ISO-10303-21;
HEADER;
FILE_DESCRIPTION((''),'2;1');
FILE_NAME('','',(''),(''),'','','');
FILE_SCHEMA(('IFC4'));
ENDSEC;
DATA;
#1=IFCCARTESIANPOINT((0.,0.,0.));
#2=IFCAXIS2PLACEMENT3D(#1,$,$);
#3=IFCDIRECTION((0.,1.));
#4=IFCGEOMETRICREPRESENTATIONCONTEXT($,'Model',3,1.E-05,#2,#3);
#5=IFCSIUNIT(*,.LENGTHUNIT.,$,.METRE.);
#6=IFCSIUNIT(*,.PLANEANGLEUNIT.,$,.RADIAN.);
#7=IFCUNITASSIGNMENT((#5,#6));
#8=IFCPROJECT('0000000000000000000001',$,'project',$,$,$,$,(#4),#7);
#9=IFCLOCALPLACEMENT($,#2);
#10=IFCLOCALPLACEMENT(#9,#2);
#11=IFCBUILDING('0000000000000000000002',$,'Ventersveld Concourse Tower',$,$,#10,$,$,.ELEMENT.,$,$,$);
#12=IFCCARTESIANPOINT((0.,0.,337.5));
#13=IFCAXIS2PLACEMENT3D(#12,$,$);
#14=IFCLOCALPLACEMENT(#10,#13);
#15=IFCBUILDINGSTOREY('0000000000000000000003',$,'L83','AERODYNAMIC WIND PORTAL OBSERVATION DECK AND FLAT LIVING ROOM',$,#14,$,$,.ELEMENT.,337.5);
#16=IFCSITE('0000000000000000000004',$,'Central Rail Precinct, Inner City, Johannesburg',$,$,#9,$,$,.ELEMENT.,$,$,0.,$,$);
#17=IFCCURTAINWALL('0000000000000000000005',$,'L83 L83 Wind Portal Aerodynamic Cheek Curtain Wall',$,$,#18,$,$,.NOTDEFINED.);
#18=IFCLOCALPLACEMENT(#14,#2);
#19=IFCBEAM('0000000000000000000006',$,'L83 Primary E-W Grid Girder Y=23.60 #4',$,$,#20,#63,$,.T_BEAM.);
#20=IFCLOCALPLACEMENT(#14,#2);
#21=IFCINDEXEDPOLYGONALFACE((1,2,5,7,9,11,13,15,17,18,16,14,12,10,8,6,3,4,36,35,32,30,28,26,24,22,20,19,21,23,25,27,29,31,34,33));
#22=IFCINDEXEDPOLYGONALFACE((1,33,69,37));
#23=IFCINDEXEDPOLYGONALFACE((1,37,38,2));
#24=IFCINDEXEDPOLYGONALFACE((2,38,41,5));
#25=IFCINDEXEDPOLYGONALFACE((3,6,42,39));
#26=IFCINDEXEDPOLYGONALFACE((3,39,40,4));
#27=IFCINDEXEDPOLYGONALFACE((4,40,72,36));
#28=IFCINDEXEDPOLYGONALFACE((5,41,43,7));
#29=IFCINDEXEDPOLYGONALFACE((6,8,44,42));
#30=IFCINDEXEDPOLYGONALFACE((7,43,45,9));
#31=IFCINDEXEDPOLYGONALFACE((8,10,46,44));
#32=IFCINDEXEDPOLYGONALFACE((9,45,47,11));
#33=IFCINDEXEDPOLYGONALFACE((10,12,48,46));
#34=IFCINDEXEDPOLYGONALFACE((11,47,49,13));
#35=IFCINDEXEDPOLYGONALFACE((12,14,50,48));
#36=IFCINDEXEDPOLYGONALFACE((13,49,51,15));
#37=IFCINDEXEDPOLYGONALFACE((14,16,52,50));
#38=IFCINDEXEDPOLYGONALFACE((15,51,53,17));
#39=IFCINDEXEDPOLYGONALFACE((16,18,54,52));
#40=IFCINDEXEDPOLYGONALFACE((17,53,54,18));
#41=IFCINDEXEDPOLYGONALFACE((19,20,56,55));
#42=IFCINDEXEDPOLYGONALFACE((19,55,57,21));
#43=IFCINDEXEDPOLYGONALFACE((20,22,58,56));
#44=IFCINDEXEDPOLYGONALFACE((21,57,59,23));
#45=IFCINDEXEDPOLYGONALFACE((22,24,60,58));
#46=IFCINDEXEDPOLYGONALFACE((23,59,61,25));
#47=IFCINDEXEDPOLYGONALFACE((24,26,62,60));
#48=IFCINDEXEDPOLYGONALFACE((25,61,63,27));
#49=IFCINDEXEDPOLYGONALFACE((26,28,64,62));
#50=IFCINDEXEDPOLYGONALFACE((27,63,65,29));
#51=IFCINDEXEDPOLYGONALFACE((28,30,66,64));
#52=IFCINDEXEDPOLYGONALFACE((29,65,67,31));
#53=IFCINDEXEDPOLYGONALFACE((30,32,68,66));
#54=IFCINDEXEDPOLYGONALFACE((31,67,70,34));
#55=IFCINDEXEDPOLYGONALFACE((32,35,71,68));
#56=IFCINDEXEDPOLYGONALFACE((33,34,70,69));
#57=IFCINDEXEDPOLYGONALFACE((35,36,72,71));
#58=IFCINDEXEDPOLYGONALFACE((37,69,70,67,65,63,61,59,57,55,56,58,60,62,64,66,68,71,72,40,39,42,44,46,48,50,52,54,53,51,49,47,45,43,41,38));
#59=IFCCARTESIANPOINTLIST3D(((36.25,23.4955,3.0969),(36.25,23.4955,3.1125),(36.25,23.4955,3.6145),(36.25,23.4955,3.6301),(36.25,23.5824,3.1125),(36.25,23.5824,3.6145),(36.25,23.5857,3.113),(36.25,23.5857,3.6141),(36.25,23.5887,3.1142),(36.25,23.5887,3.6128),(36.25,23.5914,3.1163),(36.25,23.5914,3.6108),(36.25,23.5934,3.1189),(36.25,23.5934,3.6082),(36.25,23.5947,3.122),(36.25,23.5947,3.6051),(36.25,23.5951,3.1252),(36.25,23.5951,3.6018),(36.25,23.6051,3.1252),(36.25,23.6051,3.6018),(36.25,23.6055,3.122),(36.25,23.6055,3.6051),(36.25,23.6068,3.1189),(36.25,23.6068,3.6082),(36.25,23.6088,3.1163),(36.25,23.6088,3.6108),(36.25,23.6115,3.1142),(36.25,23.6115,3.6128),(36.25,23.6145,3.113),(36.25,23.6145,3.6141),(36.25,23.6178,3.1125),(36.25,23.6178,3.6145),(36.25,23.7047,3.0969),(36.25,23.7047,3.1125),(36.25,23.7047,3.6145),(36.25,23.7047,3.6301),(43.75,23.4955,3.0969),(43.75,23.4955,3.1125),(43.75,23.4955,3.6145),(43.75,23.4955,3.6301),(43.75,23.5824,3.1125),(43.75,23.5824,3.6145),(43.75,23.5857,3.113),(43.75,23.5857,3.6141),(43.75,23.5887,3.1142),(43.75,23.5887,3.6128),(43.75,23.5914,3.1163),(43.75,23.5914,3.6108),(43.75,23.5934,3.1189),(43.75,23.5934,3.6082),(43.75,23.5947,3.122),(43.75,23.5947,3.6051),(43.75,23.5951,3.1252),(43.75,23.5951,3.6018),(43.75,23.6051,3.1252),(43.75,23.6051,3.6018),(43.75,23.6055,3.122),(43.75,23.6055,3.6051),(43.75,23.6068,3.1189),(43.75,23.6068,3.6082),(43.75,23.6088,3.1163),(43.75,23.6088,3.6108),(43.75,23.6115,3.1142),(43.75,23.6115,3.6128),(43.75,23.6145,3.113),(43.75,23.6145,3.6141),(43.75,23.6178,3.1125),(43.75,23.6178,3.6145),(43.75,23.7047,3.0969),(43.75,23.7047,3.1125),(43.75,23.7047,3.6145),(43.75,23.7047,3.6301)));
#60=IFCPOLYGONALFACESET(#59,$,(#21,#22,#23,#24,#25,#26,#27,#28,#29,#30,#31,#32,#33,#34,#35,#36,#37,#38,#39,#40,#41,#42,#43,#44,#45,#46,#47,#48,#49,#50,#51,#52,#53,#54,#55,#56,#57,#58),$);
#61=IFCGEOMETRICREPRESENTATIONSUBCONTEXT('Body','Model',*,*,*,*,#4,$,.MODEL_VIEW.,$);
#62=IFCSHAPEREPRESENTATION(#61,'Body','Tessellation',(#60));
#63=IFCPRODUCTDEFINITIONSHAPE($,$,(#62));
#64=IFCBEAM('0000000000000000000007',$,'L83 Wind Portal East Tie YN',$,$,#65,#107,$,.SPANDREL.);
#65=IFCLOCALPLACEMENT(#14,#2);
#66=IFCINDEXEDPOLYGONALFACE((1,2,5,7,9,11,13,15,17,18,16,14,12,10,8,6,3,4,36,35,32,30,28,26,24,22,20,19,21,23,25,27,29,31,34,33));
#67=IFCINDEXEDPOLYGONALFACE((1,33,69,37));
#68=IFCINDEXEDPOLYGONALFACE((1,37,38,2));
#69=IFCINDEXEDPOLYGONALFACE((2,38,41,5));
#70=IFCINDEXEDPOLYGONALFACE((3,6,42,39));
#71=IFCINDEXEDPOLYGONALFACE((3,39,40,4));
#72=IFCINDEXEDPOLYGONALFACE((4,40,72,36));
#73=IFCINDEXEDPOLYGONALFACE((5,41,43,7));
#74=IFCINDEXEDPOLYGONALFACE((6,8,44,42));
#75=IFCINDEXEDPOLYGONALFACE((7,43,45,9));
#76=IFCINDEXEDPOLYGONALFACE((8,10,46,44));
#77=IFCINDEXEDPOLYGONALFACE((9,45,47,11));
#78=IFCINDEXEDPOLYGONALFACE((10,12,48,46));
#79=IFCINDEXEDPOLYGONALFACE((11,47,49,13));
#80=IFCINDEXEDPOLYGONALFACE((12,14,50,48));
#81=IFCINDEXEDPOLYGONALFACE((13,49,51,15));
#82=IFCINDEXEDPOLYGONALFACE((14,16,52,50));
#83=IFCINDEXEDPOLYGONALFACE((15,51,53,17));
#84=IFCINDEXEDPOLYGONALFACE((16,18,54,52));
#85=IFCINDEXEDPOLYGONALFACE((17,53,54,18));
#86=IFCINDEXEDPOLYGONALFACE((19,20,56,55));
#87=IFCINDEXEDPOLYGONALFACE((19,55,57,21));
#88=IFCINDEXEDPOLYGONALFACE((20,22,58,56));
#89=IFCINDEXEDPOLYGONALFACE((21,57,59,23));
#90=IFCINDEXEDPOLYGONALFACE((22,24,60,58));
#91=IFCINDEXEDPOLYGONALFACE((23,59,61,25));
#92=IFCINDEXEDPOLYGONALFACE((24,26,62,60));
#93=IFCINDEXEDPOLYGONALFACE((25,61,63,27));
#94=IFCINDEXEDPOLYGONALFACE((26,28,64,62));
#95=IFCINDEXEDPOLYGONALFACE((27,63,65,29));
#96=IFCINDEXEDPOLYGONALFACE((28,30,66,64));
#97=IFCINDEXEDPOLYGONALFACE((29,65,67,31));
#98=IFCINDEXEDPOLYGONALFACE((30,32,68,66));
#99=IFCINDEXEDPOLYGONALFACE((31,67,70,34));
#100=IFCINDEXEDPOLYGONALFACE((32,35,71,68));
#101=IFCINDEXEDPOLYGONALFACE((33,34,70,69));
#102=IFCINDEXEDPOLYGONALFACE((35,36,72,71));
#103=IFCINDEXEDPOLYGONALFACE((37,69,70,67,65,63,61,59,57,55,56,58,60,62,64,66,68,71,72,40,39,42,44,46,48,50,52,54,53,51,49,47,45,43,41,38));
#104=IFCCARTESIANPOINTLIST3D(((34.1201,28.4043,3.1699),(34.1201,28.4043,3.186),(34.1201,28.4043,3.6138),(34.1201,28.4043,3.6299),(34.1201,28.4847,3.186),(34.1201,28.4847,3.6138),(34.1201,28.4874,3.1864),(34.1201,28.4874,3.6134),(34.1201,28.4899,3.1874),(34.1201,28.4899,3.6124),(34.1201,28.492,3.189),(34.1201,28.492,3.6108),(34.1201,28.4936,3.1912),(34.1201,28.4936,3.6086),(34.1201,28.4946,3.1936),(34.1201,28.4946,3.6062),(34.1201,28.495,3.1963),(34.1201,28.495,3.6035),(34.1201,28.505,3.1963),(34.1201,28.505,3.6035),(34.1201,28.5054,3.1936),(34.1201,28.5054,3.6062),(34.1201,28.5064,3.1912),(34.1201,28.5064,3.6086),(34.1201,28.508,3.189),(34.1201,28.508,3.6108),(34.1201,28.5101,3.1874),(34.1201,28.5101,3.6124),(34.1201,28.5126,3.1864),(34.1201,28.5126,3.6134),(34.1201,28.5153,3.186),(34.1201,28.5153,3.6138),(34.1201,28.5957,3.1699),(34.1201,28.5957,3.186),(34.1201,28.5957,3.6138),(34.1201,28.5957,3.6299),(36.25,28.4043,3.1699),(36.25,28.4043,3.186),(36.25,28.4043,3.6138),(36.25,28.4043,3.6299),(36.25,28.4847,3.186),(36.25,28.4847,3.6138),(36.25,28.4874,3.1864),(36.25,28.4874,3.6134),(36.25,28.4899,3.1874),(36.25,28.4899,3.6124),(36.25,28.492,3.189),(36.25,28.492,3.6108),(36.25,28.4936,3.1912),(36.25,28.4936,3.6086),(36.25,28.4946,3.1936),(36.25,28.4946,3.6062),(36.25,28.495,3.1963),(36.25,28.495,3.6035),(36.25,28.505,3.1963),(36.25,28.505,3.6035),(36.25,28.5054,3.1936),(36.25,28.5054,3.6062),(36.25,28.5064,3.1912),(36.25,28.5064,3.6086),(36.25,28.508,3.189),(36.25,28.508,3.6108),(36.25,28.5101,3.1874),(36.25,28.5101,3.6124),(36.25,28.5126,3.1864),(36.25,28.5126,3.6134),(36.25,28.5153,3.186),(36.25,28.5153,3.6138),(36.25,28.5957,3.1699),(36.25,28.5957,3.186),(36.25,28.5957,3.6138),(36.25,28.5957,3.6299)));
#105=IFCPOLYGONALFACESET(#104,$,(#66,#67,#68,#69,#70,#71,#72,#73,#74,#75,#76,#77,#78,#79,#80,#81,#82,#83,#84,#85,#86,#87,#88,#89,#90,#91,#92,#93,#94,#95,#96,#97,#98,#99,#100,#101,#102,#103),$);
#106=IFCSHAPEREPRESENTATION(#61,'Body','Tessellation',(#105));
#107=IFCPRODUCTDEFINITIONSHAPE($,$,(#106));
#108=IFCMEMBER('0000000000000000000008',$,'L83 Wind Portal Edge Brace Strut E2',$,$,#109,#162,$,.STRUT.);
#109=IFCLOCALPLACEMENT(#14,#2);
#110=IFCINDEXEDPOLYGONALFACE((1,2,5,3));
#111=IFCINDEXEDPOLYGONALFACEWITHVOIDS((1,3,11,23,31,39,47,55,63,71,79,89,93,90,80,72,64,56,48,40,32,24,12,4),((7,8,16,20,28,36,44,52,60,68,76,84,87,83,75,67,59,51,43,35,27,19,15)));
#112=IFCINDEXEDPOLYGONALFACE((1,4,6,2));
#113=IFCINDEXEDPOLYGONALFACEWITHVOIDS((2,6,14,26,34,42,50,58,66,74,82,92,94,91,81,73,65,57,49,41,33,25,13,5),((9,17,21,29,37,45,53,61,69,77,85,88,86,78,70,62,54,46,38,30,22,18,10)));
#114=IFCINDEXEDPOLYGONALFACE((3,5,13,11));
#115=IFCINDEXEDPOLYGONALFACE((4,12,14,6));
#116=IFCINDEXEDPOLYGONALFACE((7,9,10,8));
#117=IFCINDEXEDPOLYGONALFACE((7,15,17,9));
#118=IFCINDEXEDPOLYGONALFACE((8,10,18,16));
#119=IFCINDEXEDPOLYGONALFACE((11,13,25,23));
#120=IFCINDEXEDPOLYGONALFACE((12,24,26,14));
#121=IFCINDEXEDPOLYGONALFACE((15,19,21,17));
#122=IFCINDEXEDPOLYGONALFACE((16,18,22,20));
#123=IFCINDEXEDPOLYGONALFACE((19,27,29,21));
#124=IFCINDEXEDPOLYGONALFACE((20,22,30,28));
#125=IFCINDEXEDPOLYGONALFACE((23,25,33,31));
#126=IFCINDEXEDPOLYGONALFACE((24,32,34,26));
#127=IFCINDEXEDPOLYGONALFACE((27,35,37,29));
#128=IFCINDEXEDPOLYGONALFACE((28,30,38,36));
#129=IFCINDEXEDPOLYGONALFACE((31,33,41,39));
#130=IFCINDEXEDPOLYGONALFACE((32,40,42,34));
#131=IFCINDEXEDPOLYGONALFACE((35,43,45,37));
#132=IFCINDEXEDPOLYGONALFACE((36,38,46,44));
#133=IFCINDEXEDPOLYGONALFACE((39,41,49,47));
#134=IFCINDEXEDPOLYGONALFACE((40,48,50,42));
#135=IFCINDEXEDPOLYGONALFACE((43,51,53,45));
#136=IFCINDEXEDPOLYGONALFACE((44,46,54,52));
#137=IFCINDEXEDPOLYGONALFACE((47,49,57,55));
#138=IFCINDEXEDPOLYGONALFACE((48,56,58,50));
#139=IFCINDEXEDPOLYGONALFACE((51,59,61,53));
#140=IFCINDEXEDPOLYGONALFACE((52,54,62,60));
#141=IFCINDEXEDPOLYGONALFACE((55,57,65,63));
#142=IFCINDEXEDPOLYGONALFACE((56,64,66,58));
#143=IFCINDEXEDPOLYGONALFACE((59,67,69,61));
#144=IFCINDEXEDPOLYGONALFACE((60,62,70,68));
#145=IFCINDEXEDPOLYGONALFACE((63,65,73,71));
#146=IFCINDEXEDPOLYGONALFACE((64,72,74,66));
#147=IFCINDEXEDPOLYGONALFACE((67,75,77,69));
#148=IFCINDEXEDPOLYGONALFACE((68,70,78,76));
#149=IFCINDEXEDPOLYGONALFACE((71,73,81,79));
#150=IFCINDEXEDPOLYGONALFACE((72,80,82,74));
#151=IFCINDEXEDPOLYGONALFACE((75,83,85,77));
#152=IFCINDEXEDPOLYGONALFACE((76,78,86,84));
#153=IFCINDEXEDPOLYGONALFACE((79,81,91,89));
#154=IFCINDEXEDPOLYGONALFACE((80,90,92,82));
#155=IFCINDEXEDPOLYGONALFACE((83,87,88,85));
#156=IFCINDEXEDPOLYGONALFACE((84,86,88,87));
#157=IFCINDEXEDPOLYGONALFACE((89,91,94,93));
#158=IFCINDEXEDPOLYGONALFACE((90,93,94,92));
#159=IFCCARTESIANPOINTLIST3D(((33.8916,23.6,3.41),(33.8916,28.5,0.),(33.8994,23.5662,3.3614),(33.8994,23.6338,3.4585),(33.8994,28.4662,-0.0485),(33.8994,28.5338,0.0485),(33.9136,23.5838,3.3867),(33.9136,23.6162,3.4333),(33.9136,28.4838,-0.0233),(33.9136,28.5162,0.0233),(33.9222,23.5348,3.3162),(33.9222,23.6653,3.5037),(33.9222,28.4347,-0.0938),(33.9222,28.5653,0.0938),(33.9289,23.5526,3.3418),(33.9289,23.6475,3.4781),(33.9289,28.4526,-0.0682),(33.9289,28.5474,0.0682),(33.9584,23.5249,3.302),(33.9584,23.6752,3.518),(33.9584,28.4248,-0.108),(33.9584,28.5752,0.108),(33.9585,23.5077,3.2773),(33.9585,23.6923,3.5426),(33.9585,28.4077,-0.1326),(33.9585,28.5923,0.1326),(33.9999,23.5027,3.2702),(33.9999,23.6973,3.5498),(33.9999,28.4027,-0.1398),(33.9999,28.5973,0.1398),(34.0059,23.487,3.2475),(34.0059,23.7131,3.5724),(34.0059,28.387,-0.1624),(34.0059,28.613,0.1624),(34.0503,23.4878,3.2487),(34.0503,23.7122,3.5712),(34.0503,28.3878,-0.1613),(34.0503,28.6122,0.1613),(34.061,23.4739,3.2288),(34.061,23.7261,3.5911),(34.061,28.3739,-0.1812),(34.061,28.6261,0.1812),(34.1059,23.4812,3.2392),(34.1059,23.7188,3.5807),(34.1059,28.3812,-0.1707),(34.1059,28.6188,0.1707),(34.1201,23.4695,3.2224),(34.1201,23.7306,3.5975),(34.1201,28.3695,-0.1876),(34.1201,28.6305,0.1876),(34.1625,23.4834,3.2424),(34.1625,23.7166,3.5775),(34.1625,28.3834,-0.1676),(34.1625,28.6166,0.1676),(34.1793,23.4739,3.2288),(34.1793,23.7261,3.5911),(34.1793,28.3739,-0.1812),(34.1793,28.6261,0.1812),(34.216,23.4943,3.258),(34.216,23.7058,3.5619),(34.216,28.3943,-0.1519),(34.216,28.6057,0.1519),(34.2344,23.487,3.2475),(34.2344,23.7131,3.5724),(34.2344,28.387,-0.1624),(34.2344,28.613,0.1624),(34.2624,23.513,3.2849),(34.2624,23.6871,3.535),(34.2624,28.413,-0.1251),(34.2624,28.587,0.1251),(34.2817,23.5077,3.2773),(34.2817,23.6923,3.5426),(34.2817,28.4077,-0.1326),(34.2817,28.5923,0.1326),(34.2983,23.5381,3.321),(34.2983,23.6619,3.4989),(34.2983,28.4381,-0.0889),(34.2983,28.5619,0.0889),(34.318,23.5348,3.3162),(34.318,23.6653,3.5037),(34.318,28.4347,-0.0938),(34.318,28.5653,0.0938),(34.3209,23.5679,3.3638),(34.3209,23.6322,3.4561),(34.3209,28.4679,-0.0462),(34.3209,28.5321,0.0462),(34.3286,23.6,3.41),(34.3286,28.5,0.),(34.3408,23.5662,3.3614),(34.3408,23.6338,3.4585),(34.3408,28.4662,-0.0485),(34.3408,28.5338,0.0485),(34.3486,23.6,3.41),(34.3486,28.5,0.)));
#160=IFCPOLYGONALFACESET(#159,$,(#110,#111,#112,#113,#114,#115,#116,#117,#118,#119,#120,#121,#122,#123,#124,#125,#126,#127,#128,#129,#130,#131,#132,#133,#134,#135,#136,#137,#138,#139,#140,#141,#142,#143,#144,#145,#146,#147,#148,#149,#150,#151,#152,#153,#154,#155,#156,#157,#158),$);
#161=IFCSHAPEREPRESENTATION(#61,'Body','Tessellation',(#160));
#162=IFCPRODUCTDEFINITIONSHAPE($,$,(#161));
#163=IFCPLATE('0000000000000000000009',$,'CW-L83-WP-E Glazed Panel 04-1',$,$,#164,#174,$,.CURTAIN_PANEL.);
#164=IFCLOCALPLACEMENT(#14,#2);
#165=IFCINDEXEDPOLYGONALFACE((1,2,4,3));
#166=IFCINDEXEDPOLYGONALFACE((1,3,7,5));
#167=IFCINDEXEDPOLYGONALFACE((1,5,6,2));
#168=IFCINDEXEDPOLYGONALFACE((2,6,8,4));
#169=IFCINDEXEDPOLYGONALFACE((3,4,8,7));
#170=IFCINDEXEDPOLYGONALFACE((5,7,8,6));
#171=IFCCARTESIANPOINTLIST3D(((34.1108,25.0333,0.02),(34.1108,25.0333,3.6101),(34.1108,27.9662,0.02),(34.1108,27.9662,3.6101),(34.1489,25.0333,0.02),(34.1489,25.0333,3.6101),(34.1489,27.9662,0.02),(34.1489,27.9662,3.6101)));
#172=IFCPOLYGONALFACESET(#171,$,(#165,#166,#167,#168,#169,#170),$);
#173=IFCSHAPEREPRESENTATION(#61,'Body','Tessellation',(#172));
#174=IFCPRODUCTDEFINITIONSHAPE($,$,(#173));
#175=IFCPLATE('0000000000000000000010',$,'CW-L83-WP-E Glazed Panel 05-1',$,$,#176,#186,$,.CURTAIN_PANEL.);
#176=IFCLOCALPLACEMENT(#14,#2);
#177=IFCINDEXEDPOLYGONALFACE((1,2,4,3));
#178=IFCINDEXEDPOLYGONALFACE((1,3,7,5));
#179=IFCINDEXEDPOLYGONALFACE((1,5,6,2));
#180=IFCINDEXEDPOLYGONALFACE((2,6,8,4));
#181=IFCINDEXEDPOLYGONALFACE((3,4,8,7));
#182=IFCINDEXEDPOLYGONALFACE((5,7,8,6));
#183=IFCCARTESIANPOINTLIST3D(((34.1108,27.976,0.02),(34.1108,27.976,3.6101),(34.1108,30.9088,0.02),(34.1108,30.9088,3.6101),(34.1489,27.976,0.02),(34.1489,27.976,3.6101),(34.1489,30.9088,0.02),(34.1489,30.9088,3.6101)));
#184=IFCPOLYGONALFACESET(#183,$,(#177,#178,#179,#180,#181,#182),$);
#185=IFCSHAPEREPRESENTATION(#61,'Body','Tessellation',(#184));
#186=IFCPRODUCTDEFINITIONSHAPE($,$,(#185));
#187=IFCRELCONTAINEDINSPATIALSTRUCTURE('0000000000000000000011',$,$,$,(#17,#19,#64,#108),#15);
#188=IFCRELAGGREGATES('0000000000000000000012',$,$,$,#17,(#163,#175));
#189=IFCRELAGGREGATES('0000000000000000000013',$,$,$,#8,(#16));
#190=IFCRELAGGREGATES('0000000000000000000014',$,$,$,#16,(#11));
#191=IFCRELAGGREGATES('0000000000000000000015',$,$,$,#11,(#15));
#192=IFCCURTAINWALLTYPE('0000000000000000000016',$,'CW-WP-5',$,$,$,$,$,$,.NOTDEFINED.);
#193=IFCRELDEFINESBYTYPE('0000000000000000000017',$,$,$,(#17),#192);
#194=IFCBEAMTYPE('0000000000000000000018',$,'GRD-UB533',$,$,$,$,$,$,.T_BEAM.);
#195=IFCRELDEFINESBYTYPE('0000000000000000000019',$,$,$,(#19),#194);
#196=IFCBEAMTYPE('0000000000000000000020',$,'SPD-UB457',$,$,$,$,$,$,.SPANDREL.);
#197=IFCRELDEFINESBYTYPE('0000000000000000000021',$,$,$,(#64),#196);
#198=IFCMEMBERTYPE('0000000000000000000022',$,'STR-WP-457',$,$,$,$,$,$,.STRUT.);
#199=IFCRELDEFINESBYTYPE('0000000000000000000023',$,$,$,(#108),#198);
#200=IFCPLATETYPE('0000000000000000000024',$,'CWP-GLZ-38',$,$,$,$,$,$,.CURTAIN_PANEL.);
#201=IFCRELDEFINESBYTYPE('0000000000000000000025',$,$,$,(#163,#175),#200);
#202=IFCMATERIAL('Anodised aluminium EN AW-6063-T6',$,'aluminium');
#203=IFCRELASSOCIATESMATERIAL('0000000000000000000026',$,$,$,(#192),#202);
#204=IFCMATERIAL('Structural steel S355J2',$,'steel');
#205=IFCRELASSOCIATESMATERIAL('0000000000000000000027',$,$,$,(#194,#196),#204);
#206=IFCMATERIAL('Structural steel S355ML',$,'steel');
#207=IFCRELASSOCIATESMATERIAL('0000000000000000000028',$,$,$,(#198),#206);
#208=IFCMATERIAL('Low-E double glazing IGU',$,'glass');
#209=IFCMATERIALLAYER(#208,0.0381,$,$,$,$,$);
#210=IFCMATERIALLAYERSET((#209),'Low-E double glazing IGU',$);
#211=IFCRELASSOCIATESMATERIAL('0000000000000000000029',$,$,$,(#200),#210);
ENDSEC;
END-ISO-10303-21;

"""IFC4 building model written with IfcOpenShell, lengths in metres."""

from ifc_helpers import new_model, si_unit, direction, frame, origin, origin_2d, place, context, subcontext, project, spatial, rectangle, hollow_circle, i_section, extrude, material, layer, layer_set, material_profile, profile_set, type_object, element, aggregate, save


model = new_model("IFC4")

# Units and contexts
model_context = context("Model", 3, precision=1e-05, world=origin(), true_north=direction((0.0, 1.0)))
body_context = subcontext(model_context, "Body", "Model", "MODEL_VIEW")
ifc_project = project(units=[si_unit("LENGTHUNIT", "METRE"), si_unit("PLANEANGLEUNIT", "RADIAN")], contexts=[model_context])

# Site, building, storey
site_placement = place(None, origin())
site = spatial("IfcSite", under=ifc_project, at=site_placement, Name="Central Rail Precinct, Inner City, Johannesburg", CompositionType="ELEMENT", RefElevation=0.0)
building_placement = place(site_placement, origin())
building = spatial("IfcBuilding", under=site, at=building_placement, Name="Ventersveld Concourse Tower", CompositionType="ELEMENT")
storey_placement = place(building_placement, frame((0.0, 0.0, 337.5)))
storey = spatial("IfcBuildingStorey", under=building, at=storey_placement, Name="L83", Description="AERODYNAMIC WIND PORTAL OBSERVATION DECK AND FLAT LIVING ROOM", CompositionType="ELEMENT", Elevation=337.5)

# Shared definitions
ifc_material_1 = material(Name="Structural steel S355J2", Category="steel")

# Curtain wall
ifc_material_2 = material(Name="Anodised aluminium EN AW-6063-T6", Category="aluminium")
curtain_wall_type = type_object("IfcCurtainWallType", Name="CW-WP-5", PredefinedType="NOTDEFINED", material=ifc_material_2)
curtain_wall_placement = place(storey_placement, origin())
curtain_wall = element("IfcCurtainWall", 1, at=curtain_wall_placement, inside=storey, type_object=curtain_wall_type, Name="L83 L83 Wind Portal Aerodynamic Cheek Curtain Wall", PredefinedType="NOTDEFINED")

# Beams
ifc_material_profile_1 = material_profile(ifc_material_1, i_section(OverallWidth=0.2092, OverallDepth=0.5332, WebThickness=0.01, FlangeThickness=0.0156, FilletRadius=0.0127, at=origin_2d()), Name="UB 533x210x92")
ifc_profile_set_1 = profile_set([ifc_material_profile_1], Name="Structural steel S355J2")
beam_type_1 = type_object("IfcBeamType", Name="GRD-UB533", PredefinedType="T_BEAM", material=ifc_profile_set_1)
beam_1_placement = place(storey_placement, frame((36.25, 23.6001, 3.3635), z_axis=(1.0, 0.0, 0.0), x_axis=(0.0, 1.0, 0.0)))
element("IfcBeam", 2, at=beam_1_placement, inside=storey, type_object=beam_type_1, Name="L83 Primary E-W Grid Girder Y=23.60 #4", PredefinedType="T_BEAM", context=body_context, shape_type="SweptSolid", body=[
    extrude(i_section(OverallWidth=0.2092, OverallDepth=0.5332, WebThickness=0.01, FlangeThickness=0.0156, FilletRadius=0.0127, at=origin_2d()), origin(), (0.0, 0.0, 1.0), 7.5),
])
ifc_material_profile_2 = material_profile(ifc_material_1, i_section(OverallWidth=0.1914, OverallDepth=0.46, WebThickness=0.01, FlangeThickness=0.0161, FilletRadius=0.0103, at=origin_2d()), Name="UB 457x191x82")
ifc_profile_set_2 = profile_set([ifc_material_profile_2], Name="Structural steel S355J2")
beam_type_2 = type_object("IfcBeamType", Name="SPD-UB457", PredefinedType="SPANDREL", material=ifc_profile_set_2)
beam_2_placement = place(storey_placement, frame((34.1201, 28.5, 3.3999), z_axis=(1.0, 0.0, 0.0), x_axis=(0.0, 1.0, 0.0)))
element("IfcBeam", 3, at=beam_2_placement, inside=storey, type_object=beam_type_2, Name="L83 Wind Portal East Tie YN", PredefinedType="SPANDREL", context=body_context, shape_type="SweptSolid", body=[
    extrude(i_section(OverallWidth=0.1914, OverallDepth=0.46, WebThickness=0.01, FlangeThickness=0.0161, FilletRadius=0.0103, at=origin_2d()), origin(), (0.0, 0.0, 1.0), 2.1299),
])

# Member
ifc_material_3 = material(Name="Structural steel S355ML", Category="steel")
ifc_material_profile_3 = material_profile(ifc_material_3, hollow_circle(Radius=0.2285, WallThickness=0.02, at=origin_2d()), Name="CHS 457x20")
ifc_profile_set_3 = profile_set([ifc_material_profile_3], Name="Structural steel S355ML")
member_type_1 = type_object("IfcMemberType", Name="STR-WP-457", PredefinedType="STRUT", material=ifc_profile_set_3)
member_1_placement = place(storey_placement, frame((34.1201, 28.5, 0.0), z_axis=(0.0, -0.820804, 0.571209), x_axis=(1.0, 0.0, 0.0)))
element("IfcMember", 4, at=member_1_placement, inside=storey, type_object=member_type_1, Name="L83 Wind Portal Edge Brace Strut E2", PredefinedType="STRUT", context=body_context, shape_type="SweptSolid", body=[
    extrude(hollow_circle(Radius=0.2285, WallThickness=0.02, at=origin_2d()), origin(), (0.0, 0.0, 1.0), 5.9697),
])

# Plates
ifc_material_4 = material(Name="Low-E double glazing IGU", Category="glass")
ifc_layer_1 = layer(ifc_material_4, 0.0381)
ifc_layer_set_1 = layer_set([ifc_layer_1], Name="Low-E double glazing IGU")
plate_type = type_object("IfcPlateType", Name="CWP-GLZ-38", PredefinedType="CURTAIN_PANEL", material=ifc_layer_set_1)
plate_1_placement = place(storey_placement, frame((34.1299, 26.4998, 0.02), z_axis=(0.0, 0.0, 1.0), x_axis=(0.0, 1.0, 0.0)))
plate_1 = element("IfcPlate", 5, at=plate_1_placement, type_object=plate_type, Name="CW-L83-WP-E Glazed Panel 04-1", PredefinedType="CURTAIN_PANEL", context=body_context, shape_type="SweptSolid", body=[
    extrude(rectangle(XDim=2.9329, YDim=0.0381, at=origin_2d()), origin(), (0.0, 0.0, 1.0), 3.5901),
])
plate_2_placement = place(storey_placement, frame((34.1299, 29.4424, 0.02), z_axis=(0.0, 0.0, 1.0), x_axis=(0.0, 1.0, 0.0)))
plate_2 = element("IfcPlate", 6, at=plate_2_placement, type_object=plate_type, Name="CW-L83-WP-E Glazed Panel 05-1", PredefinedType="CURTAIN_PANEL", context=body_context, shape_type="SweptSolid", body=[
    extrude(rectangle(XDim=2.9329, YDim=0.0381, at=origin_2d()), origin(), (0.0, 0.0, 1.0), 3.5901),
])
aggregate(curtain_wall, [plate_1, plate_2])

save(model, "model.ifc")
